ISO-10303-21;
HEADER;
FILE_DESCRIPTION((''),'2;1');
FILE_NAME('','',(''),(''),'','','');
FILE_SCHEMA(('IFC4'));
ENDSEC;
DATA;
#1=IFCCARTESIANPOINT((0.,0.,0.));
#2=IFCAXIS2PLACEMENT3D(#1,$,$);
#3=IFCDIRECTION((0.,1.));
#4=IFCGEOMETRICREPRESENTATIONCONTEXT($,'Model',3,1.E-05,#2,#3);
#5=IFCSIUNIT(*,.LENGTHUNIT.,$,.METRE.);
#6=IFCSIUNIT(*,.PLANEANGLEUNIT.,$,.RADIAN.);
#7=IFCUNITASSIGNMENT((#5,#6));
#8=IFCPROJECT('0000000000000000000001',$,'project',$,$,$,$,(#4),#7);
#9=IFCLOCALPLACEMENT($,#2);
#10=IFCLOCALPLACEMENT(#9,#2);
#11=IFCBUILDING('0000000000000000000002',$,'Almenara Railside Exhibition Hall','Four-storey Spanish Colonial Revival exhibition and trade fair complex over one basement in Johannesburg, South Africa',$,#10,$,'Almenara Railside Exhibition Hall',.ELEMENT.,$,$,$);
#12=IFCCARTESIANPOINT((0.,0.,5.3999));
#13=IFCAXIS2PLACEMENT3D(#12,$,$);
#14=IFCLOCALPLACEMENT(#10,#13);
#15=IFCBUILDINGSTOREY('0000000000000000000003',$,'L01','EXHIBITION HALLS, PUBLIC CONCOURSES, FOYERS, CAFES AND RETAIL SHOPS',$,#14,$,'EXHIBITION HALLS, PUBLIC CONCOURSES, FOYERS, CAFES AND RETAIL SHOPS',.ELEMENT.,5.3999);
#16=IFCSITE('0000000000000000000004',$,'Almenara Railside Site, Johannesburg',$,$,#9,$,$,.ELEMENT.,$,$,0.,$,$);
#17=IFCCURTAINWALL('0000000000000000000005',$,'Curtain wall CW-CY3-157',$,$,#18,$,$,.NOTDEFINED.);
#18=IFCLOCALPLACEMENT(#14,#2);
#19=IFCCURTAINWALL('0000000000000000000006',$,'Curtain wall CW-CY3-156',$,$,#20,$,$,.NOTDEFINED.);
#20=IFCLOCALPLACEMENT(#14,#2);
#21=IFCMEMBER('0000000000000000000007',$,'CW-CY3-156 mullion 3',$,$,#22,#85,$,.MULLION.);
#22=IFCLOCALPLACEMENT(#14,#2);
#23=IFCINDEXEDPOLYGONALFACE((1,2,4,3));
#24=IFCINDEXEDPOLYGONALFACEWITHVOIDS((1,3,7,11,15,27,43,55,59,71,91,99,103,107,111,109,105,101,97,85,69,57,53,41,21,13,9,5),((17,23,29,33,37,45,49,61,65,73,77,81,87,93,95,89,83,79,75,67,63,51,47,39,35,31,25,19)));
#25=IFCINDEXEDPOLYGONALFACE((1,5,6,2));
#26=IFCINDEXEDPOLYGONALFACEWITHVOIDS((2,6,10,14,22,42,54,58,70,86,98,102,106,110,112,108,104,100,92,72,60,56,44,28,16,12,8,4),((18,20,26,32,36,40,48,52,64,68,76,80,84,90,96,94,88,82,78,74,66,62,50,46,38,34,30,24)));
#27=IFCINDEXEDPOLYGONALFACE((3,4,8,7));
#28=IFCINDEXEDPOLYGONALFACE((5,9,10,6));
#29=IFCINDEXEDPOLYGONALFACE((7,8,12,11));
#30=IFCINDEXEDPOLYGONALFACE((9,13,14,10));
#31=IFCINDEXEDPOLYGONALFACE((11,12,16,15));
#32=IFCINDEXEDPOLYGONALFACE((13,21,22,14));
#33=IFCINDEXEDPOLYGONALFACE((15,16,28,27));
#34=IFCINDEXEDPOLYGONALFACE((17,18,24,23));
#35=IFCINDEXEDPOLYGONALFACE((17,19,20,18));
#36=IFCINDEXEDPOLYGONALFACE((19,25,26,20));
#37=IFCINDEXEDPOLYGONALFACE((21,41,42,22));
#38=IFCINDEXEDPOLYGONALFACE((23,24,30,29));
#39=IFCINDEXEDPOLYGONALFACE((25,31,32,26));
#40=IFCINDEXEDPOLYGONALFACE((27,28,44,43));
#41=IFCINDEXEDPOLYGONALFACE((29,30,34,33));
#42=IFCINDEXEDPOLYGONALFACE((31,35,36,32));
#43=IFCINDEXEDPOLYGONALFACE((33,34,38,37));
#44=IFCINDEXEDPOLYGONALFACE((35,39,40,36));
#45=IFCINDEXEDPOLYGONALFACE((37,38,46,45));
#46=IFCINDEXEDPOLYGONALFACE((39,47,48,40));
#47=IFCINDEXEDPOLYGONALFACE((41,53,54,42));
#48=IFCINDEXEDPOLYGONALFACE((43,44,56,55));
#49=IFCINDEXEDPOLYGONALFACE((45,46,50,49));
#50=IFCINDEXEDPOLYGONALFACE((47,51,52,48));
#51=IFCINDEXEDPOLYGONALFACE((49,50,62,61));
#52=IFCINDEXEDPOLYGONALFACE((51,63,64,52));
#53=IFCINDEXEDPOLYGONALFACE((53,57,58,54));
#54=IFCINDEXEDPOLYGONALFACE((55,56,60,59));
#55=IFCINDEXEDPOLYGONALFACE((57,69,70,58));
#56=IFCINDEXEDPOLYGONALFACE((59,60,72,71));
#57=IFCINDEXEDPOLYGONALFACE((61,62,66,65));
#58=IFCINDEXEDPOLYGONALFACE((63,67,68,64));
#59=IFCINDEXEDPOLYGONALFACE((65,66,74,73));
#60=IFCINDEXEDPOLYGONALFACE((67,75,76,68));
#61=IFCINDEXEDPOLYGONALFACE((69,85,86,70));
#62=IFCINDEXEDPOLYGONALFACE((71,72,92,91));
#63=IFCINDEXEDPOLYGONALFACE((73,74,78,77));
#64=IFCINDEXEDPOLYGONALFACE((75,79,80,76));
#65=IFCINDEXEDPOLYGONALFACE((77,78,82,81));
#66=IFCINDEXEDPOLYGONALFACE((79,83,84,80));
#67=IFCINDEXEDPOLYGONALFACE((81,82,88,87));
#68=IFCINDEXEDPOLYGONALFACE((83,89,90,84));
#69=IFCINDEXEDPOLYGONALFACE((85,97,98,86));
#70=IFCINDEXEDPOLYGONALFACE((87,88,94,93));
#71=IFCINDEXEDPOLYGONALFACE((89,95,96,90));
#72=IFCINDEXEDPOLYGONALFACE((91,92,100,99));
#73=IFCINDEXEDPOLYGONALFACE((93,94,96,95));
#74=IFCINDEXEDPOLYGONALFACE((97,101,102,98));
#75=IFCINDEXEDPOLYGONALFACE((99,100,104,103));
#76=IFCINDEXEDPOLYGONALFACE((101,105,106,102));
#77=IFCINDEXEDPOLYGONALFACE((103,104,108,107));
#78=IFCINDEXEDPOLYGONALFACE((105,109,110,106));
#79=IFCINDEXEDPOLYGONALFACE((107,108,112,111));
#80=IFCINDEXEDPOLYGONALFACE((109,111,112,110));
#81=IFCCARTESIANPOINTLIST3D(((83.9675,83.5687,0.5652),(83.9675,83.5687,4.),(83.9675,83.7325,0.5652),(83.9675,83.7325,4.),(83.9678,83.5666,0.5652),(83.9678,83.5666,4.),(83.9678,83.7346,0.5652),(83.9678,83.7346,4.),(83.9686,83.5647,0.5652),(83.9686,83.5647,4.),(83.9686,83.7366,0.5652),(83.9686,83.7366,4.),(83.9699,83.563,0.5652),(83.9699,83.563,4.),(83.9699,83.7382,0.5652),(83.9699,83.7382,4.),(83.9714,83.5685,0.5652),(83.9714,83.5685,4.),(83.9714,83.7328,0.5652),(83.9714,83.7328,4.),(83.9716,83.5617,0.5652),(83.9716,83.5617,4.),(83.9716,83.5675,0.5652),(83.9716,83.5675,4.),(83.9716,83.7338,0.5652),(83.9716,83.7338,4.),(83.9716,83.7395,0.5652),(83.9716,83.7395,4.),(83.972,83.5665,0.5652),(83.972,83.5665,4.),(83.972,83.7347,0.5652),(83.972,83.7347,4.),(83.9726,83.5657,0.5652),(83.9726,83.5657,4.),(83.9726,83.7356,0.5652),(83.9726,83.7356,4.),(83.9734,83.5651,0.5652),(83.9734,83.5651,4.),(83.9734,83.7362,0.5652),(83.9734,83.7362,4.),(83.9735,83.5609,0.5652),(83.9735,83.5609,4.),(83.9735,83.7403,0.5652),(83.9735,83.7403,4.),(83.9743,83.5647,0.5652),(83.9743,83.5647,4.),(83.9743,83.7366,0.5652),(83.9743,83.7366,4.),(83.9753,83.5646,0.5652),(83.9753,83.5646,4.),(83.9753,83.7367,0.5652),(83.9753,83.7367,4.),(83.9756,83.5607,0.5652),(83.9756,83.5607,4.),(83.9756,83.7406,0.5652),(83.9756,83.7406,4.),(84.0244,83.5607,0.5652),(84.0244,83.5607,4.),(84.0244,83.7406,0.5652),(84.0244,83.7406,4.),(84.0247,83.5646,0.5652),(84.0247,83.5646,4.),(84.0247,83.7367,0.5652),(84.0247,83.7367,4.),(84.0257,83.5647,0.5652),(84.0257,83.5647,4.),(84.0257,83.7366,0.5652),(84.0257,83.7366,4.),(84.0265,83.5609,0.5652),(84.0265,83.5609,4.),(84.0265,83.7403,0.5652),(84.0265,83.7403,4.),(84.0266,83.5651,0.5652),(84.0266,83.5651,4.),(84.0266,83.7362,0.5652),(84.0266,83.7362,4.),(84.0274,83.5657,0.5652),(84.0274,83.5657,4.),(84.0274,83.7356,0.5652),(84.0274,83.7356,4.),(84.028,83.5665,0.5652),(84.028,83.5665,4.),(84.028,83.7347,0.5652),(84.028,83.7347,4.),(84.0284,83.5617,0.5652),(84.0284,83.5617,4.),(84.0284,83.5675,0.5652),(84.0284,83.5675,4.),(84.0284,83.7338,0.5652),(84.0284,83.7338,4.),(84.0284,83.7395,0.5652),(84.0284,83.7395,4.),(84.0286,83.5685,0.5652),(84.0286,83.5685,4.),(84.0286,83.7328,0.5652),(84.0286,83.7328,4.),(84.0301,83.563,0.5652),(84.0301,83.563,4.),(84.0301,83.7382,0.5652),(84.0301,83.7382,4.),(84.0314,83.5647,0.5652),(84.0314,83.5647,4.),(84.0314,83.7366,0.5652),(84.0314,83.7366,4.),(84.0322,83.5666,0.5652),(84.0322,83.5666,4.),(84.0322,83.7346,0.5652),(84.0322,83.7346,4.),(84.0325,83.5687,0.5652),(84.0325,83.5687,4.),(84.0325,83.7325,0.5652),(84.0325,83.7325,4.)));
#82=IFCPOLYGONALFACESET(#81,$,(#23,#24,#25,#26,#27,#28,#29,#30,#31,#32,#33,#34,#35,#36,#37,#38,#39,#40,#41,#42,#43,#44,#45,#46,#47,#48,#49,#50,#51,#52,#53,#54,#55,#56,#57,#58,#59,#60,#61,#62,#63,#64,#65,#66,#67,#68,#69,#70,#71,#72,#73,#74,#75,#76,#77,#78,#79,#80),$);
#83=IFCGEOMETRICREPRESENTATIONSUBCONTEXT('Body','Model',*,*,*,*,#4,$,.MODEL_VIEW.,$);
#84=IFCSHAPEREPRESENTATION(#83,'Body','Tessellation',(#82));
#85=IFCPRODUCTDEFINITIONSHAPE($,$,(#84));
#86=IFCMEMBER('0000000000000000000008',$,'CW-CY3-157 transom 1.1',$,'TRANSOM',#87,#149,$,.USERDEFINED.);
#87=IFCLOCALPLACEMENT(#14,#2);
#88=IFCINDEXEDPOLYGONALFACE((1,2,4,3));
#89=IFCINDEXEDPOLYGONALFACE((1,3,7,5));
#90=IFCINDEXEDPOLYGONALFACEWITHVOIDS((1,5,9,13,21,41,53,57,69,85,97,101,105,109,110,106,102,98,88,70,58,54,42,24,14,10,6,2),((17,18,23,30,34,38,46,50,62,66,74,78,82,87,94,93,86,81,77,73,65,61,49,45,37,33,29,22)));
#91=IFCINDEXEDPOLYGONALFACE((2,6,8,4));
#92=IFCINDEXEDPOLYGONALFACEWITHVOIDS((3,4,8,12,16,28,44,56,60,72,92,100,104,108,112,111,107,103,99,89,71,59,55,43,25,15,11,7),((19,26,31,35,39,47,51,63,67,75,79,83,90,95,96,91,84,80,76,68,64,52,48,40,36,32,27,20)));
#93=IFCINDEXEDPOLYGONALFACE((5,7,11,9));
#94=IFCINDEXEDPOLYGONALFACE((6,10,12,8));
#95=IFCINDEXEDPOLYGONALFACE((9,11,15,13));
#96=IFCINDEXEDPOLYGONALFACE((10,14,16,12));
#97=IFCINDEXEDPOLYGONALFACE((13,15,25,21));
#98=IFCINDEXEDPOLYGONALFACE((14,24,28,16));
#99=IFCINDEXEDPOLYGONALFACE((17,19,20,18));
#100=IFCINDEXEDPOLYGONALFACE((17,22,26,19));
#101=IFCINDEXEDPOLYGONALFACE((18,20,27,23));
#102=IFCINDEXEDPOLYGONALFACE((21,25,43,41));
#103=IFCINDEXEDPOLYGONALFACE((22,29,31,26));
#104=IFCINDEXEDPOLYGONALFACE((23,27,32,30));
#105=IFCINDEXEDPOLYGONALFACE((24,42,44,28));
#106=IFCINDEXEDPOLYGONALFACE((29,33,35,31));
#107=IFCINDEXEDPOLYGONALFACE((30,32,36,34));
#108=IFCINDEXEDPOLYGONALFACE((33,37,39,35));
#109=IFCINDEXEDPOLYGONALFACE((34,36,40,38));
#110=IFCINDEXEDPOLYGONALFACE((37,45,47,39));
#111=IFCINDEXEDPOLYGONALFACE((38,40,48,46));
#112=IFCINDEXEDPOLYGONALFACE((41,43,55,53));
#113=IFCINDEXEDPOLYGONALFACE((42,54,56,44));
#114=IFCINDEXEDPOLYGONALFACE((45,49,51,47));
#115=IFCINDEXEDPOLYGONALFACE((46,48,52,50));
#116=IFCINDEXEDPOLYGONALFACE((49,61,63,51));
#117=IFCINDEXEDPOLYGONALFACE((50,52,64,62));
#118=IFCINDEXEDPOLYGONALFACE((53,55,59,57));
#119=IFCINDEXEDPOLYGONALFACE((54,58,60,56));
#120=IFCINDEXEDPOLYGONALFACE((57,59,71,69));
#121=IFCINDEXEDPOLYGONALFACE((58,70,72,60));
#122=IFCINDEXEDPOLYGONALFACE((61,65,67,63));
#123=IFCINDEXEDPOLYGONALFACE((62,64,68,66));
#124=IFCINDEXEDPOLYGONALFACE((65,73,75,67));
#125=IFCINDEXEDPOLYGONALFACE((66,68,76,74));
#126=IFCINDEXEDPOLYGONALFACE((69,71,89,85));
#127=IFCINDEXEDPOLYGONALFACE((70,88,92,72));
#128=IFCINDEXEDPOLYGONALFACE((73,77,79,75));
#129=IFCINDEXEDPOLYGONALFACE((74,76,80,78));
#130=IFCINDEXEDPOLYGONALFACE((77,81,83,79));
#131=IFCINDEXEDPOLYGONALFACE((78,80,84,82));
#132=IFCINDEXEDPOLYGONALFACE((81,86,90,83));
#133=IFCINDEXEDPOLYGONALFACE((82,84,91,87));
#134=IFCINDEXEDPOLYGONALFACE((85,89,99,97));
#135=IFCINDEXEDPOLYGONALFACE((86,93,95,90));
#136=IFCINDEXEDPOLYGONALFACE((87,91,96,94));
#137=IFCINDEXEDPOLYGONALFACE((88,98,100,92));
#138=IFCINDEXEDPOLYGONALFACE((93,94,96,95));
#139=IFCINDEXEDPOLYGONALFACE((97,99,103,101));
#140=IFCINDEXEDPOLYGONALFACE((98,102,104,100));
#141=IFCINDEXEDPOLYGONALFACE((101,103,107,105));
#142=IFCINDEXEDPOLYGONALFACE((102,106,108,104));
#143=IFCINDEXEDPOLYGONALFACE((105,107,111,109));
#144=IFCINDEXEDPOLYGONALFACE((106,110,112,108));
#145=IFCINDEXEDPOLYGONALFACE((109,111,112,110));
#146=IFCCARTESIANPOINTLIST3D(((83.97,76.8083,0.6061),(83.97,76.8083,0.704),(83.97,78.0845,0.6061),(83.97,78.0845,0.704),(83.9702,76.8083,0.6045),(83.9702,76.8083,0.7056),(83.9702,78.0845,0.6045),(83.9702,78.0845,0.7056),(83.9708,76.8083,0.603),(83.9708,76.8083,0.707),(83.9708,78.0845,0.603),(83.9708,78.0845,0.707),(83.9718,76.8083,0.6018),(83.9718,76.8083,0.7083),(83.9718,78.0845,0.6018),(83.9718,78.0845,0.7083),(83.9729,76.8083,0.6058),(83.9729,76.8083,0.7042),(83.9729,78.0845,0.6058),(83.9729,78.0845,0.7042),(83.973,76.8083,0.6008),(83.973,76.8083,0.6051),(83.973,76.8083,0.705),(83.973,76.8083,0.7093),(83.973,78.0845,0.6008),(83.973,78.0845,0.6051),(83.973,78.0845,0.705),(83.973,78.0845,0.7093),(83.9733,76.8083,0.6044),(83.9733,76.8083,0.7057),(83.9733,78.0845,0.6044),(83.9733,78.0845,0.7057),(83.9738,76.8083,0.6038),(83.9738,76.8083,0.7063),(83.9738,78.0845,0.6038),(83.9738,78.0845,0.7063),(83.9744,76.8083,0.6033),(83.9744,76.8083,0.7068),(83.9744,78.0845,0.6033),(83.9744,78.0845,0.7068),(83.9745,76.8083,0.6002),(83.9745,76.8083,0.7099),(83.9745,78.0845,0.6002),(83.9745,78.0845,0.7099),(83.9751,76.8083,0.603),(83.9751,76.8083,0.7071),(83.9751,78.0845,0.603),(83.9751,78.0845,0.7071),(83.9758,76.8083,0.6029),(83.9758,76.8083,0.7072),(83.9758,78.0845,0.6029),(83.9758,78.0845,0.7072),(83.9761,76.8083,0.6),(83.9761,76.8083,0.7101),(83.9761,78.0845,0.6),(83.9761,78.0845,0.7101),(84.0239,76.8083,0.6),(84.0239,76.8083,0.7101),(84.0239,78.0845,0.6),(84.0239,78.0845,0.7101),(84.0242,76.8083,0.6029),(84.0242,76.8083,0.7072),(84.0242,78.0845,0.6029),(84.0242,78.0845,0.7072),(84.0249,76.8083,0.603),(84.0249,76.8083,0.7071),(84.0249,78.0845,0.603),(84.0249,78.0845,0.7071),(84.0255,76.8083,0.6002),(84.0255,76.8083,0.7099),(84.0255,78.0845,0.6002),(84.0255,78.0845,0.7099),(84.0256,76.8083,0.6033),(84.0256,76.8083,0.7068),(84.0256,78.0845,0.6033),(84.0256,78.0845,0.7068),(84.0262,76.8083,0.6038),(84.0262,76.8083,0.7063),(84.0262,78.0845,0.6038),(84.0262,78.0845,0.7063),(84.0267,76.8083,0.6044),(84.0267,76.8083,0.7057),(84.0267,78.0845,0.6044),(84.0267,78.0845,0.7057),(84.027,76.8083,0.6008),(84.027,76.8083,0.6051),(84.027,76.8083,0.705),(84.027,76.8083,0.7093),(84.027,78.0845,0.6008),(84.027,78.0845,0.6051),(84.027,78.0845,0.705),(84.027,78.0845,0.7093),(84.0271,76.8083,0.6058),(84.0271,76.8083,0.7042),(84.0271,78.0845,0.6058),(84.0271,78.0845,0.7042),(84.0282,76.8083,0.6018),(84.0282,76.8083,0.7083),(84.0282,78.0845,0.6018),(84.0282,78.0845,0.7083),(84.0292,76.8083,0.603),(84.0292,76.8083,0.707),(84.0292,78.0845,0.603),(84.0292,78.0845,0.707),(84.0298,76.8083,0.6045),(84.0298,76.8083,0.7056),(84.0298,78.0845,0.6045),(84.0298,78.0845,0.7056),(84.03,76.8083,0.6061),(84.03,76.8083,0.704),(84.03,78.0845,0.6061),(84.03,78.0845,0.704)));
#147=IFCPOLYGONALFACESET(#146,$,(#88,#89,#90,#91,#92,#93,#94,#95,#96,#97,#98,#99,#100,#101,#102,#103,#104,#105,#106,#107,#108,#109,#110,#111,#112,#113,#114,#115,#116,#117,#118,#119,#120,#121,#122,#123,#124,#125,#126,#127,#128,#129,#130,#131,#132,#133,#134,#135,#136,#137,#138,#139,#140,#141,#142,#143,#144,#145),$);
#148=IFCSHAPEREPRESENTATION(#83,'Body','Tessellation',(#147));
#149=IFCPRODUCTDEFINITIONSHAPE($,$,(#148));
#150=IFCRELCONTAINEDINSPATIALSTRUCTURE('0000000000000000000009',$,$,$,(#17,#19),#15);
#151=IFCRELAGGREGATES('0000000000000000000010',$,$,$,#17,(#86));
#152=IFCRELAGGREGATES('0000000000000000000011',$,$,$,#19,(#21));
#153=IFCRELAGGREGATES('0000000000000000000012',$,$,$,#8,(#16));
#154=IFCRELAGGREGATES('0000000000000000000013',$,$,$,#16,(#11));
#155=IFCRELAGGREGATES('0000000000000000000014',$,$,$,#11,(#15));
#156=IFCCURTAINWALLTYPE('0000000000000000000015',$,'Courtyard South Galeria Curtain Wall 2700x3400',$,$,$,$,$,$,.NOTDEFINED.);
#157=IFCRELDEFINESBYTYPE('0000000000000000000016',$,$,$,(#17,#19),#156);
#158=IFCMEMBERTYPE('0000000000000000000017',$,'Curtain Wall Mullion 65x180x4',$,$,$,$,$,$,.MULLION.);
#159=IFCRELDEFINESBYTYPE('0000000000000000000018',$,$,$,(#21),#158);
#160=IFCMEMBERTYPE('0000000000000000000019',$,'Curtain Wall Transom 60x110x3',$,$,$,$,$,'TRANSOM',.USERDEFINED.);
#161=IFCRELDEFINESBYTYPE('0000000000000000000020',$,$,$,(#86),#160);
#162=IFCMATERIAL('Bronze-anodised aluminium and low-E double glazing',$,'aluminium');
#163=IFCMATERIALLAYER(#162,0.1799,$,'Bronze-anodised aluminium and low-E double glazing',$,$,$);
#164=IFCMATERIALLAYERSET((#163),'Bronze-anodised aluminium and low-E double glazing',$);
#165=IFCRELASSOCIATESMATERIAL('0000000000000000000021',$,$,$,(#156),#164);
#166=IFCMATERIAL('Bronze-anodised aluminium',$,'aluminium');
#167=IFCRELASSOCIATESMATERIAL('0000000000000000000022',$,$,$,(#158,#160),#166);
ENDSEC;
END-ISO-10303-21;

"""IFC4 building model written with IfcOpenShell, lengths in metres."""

from ifc_helpers import new_model, si_unit, direction, frame, origin, origin_2d, place, context, subcontext, project, spatial, hollow_rectangle, extrude, material, layer, layer_set, material_profile, profile_set, type_object, element, aggregate, save


model = new_model("IFC4")

# Units and contexts
model_context = context("Model", 3, precision=1e-05, world=origin(), true_north=direction((0.0, 1.0)))
body_context = subcontext(model_context, "Body", "Model", "MODEL_VIEW")
ifc_project = project(units=[si_unit("LENGTHUNIT", "METRE"), si_unit("PLANEANGLEUNIT", "RADIAN")], contexts=[model_context])

# Site, building, storey
site_placement = place(None, origin())
site = spatial("IfcSite", under=ifc_project, at=site_placement, Name="Almenara Railside Site, Johannesburg", CompositionType="ELEMENT", RefElevation=0.0)
building_placement = place(site_placement, origin())
building = spatial("IfcBuilding", under=site, at=building_placement, Name="Almenara Railside Exhibition Hall", Description="Four-storey Spanish Colonial Revival exhibition and trade fair complex over one basement in Johannesburg, South Africa", LongName="Almenara Railside Exhibition Hall", CompositionType="ELEMENT")
storey_placement = place(building_placement, frame((0.0, 0.0, 5.3999)))
storey = spatial("IfcBuildingStorey", under=building, at=storey_placement, Name="L01", Description="EXHIBITION HALLS, PUBLIC CONCOURSES, FOYERS, CAFES AND RETAIL SHOPS", LongName="EXHIBITION HALLS, PUBLIC CONCOURSES, FOYERS, CAFES AND RETAIL SHOPS", CompositionType="ELEMENT", Elevation=5.3999)

# Curtain wall
ifc_material_1 = material(Name="Bronze-anodised aluminium and low-E double glazing", Category="aluminium")
ifc_layer_1 = layer(ifc_material_1, 0.1799, Name="Bronze-anodised aluminium and low-E double glazing")
ifc_layer_set_1 = layer_set([ifc_layer_1], Name="Bronze-anodised aluminium and low-E double glazing")
curtain_wall_type = type_object("IfcCurtainWallType", Name="Courtyard South Galeria Curtain Wall 2700x3400", PredefinedType="NOTDEFINED", material=ifc_layer_set_1)
curtain_wall_1_placement = place(storey_placement, origin())
curtain_wall_1 = element("IfcCurtainWall", 1, at=curtain_wall_1_placement, inside=storey, type_object=curtain_wall_type, Name="Curtain wall CW-CY3-157", PredefinedType="NOTDEFINED")
ifc_material_2 = material(Name="Bronze-anodised aluminium", Category="aluminium")

# Curtain wall, member
curtain_wall_2_placement = place(storey_placement, origin())
curtain_wall_2 = element("IfcCurtainWall", 2, at=curtain_wall_2_placement, inside=storey, type_object=curtain_wall_type, Name="Curtain wall CW-CY3-156", PredefinedType="NOTDEFINED")
ifc_material_profile_1 = material_profile(ifc_material_2, hollow_rectangle(XDim=0.0649, YDim=0.1799, WallThickness=0.0039, InnerFilletRadius=0.0039, OuterFilletRadius=0.0081, at=origin_2d()), Name="ALU-MUL 65x180x4")
ifc_profile_set_1 = profile_set([ifc_material_profile_1], Name="Bronze-anodised aluminium")
member_type_1 = type_object("IfcMemberType", Name="Curtain Wall Mullion 65x180x4", PredefinedType="MULLION", material=ifc_profile_set_1)
member_1_placement = place(storey_placement, frame((84.0, 83.6506, 0.5652), z_axis=(0.0, 0.0, 1.0), x_axis=(1.0, 0.0, 0.0)))
member_1 = element("IfcMember", 3, at=member_1_placement, type_object=member_type_1, Name="CW-CY3-156 mullion 3", PredefinedType="MULLION", context=body_context, shape_type="SweptSolid", body=[
    extrude(hollow_rectangle(XDim=0.0649, YDim=0.1799, WallThickness=0.0039, InnerFilletRadius=0.0039, OuterFilletRadius=0.0081, at=origin_2d()), origin(), (0.0, 0.0, 1.0), 3.4348),
])

# Member
ifc_material_profile_2 = material_profile(ifc_material_2, hollow_rectangle(XDim=0.0601, YDim=0.1101, WallThickness=0.0029, InnerFilletRadius=0.0029, OuterFilletRadius=0.0061, at=origin_2d()), Name="ALU-TRN 60x110x3")
ifc_profile_set_2 = profile_set([ifc_material_profile_2], Name="Bronze-anodised aluminium")
member_type_2 = type_object("IfcMemberType", Name="Curtain Wall Transom 60x110x3", ElementType="TRANSOM", PredefinedType="USERDEFINED", material=ifc_profile_set_2)
member_2_placement = place(storey_placement, frame((84.0, 78.0845, 0.655), z_axis=(0.0, -1.0, 0.0), x_axis=(1.0, 0.0, 0.0)))
member_2 = element("IfcMember", 4, at=member_2_placement, type_object=member_type_2, Name="CW-CY3-157 transom 1.1", ObjectType="TRANSOM", PredefinedType="USERDEFINED", context=body_context, shape_type="SweptSolid", body=[
    extrude(hollow_rectangle(XDim=0.0601, YDim=0.1101, WallThickness=0.0029, InnerFilletRadius=0.0029, OuterFilletRadius=0.0061, at=origin_2d()), origin(), (0.0, 0.0, 1.0), 1.2761),
])

aggregate(curtain_wall_1, [member_2])
aggregate(curtain_wall_2, [member_1])

save(model, "model.ifc")
